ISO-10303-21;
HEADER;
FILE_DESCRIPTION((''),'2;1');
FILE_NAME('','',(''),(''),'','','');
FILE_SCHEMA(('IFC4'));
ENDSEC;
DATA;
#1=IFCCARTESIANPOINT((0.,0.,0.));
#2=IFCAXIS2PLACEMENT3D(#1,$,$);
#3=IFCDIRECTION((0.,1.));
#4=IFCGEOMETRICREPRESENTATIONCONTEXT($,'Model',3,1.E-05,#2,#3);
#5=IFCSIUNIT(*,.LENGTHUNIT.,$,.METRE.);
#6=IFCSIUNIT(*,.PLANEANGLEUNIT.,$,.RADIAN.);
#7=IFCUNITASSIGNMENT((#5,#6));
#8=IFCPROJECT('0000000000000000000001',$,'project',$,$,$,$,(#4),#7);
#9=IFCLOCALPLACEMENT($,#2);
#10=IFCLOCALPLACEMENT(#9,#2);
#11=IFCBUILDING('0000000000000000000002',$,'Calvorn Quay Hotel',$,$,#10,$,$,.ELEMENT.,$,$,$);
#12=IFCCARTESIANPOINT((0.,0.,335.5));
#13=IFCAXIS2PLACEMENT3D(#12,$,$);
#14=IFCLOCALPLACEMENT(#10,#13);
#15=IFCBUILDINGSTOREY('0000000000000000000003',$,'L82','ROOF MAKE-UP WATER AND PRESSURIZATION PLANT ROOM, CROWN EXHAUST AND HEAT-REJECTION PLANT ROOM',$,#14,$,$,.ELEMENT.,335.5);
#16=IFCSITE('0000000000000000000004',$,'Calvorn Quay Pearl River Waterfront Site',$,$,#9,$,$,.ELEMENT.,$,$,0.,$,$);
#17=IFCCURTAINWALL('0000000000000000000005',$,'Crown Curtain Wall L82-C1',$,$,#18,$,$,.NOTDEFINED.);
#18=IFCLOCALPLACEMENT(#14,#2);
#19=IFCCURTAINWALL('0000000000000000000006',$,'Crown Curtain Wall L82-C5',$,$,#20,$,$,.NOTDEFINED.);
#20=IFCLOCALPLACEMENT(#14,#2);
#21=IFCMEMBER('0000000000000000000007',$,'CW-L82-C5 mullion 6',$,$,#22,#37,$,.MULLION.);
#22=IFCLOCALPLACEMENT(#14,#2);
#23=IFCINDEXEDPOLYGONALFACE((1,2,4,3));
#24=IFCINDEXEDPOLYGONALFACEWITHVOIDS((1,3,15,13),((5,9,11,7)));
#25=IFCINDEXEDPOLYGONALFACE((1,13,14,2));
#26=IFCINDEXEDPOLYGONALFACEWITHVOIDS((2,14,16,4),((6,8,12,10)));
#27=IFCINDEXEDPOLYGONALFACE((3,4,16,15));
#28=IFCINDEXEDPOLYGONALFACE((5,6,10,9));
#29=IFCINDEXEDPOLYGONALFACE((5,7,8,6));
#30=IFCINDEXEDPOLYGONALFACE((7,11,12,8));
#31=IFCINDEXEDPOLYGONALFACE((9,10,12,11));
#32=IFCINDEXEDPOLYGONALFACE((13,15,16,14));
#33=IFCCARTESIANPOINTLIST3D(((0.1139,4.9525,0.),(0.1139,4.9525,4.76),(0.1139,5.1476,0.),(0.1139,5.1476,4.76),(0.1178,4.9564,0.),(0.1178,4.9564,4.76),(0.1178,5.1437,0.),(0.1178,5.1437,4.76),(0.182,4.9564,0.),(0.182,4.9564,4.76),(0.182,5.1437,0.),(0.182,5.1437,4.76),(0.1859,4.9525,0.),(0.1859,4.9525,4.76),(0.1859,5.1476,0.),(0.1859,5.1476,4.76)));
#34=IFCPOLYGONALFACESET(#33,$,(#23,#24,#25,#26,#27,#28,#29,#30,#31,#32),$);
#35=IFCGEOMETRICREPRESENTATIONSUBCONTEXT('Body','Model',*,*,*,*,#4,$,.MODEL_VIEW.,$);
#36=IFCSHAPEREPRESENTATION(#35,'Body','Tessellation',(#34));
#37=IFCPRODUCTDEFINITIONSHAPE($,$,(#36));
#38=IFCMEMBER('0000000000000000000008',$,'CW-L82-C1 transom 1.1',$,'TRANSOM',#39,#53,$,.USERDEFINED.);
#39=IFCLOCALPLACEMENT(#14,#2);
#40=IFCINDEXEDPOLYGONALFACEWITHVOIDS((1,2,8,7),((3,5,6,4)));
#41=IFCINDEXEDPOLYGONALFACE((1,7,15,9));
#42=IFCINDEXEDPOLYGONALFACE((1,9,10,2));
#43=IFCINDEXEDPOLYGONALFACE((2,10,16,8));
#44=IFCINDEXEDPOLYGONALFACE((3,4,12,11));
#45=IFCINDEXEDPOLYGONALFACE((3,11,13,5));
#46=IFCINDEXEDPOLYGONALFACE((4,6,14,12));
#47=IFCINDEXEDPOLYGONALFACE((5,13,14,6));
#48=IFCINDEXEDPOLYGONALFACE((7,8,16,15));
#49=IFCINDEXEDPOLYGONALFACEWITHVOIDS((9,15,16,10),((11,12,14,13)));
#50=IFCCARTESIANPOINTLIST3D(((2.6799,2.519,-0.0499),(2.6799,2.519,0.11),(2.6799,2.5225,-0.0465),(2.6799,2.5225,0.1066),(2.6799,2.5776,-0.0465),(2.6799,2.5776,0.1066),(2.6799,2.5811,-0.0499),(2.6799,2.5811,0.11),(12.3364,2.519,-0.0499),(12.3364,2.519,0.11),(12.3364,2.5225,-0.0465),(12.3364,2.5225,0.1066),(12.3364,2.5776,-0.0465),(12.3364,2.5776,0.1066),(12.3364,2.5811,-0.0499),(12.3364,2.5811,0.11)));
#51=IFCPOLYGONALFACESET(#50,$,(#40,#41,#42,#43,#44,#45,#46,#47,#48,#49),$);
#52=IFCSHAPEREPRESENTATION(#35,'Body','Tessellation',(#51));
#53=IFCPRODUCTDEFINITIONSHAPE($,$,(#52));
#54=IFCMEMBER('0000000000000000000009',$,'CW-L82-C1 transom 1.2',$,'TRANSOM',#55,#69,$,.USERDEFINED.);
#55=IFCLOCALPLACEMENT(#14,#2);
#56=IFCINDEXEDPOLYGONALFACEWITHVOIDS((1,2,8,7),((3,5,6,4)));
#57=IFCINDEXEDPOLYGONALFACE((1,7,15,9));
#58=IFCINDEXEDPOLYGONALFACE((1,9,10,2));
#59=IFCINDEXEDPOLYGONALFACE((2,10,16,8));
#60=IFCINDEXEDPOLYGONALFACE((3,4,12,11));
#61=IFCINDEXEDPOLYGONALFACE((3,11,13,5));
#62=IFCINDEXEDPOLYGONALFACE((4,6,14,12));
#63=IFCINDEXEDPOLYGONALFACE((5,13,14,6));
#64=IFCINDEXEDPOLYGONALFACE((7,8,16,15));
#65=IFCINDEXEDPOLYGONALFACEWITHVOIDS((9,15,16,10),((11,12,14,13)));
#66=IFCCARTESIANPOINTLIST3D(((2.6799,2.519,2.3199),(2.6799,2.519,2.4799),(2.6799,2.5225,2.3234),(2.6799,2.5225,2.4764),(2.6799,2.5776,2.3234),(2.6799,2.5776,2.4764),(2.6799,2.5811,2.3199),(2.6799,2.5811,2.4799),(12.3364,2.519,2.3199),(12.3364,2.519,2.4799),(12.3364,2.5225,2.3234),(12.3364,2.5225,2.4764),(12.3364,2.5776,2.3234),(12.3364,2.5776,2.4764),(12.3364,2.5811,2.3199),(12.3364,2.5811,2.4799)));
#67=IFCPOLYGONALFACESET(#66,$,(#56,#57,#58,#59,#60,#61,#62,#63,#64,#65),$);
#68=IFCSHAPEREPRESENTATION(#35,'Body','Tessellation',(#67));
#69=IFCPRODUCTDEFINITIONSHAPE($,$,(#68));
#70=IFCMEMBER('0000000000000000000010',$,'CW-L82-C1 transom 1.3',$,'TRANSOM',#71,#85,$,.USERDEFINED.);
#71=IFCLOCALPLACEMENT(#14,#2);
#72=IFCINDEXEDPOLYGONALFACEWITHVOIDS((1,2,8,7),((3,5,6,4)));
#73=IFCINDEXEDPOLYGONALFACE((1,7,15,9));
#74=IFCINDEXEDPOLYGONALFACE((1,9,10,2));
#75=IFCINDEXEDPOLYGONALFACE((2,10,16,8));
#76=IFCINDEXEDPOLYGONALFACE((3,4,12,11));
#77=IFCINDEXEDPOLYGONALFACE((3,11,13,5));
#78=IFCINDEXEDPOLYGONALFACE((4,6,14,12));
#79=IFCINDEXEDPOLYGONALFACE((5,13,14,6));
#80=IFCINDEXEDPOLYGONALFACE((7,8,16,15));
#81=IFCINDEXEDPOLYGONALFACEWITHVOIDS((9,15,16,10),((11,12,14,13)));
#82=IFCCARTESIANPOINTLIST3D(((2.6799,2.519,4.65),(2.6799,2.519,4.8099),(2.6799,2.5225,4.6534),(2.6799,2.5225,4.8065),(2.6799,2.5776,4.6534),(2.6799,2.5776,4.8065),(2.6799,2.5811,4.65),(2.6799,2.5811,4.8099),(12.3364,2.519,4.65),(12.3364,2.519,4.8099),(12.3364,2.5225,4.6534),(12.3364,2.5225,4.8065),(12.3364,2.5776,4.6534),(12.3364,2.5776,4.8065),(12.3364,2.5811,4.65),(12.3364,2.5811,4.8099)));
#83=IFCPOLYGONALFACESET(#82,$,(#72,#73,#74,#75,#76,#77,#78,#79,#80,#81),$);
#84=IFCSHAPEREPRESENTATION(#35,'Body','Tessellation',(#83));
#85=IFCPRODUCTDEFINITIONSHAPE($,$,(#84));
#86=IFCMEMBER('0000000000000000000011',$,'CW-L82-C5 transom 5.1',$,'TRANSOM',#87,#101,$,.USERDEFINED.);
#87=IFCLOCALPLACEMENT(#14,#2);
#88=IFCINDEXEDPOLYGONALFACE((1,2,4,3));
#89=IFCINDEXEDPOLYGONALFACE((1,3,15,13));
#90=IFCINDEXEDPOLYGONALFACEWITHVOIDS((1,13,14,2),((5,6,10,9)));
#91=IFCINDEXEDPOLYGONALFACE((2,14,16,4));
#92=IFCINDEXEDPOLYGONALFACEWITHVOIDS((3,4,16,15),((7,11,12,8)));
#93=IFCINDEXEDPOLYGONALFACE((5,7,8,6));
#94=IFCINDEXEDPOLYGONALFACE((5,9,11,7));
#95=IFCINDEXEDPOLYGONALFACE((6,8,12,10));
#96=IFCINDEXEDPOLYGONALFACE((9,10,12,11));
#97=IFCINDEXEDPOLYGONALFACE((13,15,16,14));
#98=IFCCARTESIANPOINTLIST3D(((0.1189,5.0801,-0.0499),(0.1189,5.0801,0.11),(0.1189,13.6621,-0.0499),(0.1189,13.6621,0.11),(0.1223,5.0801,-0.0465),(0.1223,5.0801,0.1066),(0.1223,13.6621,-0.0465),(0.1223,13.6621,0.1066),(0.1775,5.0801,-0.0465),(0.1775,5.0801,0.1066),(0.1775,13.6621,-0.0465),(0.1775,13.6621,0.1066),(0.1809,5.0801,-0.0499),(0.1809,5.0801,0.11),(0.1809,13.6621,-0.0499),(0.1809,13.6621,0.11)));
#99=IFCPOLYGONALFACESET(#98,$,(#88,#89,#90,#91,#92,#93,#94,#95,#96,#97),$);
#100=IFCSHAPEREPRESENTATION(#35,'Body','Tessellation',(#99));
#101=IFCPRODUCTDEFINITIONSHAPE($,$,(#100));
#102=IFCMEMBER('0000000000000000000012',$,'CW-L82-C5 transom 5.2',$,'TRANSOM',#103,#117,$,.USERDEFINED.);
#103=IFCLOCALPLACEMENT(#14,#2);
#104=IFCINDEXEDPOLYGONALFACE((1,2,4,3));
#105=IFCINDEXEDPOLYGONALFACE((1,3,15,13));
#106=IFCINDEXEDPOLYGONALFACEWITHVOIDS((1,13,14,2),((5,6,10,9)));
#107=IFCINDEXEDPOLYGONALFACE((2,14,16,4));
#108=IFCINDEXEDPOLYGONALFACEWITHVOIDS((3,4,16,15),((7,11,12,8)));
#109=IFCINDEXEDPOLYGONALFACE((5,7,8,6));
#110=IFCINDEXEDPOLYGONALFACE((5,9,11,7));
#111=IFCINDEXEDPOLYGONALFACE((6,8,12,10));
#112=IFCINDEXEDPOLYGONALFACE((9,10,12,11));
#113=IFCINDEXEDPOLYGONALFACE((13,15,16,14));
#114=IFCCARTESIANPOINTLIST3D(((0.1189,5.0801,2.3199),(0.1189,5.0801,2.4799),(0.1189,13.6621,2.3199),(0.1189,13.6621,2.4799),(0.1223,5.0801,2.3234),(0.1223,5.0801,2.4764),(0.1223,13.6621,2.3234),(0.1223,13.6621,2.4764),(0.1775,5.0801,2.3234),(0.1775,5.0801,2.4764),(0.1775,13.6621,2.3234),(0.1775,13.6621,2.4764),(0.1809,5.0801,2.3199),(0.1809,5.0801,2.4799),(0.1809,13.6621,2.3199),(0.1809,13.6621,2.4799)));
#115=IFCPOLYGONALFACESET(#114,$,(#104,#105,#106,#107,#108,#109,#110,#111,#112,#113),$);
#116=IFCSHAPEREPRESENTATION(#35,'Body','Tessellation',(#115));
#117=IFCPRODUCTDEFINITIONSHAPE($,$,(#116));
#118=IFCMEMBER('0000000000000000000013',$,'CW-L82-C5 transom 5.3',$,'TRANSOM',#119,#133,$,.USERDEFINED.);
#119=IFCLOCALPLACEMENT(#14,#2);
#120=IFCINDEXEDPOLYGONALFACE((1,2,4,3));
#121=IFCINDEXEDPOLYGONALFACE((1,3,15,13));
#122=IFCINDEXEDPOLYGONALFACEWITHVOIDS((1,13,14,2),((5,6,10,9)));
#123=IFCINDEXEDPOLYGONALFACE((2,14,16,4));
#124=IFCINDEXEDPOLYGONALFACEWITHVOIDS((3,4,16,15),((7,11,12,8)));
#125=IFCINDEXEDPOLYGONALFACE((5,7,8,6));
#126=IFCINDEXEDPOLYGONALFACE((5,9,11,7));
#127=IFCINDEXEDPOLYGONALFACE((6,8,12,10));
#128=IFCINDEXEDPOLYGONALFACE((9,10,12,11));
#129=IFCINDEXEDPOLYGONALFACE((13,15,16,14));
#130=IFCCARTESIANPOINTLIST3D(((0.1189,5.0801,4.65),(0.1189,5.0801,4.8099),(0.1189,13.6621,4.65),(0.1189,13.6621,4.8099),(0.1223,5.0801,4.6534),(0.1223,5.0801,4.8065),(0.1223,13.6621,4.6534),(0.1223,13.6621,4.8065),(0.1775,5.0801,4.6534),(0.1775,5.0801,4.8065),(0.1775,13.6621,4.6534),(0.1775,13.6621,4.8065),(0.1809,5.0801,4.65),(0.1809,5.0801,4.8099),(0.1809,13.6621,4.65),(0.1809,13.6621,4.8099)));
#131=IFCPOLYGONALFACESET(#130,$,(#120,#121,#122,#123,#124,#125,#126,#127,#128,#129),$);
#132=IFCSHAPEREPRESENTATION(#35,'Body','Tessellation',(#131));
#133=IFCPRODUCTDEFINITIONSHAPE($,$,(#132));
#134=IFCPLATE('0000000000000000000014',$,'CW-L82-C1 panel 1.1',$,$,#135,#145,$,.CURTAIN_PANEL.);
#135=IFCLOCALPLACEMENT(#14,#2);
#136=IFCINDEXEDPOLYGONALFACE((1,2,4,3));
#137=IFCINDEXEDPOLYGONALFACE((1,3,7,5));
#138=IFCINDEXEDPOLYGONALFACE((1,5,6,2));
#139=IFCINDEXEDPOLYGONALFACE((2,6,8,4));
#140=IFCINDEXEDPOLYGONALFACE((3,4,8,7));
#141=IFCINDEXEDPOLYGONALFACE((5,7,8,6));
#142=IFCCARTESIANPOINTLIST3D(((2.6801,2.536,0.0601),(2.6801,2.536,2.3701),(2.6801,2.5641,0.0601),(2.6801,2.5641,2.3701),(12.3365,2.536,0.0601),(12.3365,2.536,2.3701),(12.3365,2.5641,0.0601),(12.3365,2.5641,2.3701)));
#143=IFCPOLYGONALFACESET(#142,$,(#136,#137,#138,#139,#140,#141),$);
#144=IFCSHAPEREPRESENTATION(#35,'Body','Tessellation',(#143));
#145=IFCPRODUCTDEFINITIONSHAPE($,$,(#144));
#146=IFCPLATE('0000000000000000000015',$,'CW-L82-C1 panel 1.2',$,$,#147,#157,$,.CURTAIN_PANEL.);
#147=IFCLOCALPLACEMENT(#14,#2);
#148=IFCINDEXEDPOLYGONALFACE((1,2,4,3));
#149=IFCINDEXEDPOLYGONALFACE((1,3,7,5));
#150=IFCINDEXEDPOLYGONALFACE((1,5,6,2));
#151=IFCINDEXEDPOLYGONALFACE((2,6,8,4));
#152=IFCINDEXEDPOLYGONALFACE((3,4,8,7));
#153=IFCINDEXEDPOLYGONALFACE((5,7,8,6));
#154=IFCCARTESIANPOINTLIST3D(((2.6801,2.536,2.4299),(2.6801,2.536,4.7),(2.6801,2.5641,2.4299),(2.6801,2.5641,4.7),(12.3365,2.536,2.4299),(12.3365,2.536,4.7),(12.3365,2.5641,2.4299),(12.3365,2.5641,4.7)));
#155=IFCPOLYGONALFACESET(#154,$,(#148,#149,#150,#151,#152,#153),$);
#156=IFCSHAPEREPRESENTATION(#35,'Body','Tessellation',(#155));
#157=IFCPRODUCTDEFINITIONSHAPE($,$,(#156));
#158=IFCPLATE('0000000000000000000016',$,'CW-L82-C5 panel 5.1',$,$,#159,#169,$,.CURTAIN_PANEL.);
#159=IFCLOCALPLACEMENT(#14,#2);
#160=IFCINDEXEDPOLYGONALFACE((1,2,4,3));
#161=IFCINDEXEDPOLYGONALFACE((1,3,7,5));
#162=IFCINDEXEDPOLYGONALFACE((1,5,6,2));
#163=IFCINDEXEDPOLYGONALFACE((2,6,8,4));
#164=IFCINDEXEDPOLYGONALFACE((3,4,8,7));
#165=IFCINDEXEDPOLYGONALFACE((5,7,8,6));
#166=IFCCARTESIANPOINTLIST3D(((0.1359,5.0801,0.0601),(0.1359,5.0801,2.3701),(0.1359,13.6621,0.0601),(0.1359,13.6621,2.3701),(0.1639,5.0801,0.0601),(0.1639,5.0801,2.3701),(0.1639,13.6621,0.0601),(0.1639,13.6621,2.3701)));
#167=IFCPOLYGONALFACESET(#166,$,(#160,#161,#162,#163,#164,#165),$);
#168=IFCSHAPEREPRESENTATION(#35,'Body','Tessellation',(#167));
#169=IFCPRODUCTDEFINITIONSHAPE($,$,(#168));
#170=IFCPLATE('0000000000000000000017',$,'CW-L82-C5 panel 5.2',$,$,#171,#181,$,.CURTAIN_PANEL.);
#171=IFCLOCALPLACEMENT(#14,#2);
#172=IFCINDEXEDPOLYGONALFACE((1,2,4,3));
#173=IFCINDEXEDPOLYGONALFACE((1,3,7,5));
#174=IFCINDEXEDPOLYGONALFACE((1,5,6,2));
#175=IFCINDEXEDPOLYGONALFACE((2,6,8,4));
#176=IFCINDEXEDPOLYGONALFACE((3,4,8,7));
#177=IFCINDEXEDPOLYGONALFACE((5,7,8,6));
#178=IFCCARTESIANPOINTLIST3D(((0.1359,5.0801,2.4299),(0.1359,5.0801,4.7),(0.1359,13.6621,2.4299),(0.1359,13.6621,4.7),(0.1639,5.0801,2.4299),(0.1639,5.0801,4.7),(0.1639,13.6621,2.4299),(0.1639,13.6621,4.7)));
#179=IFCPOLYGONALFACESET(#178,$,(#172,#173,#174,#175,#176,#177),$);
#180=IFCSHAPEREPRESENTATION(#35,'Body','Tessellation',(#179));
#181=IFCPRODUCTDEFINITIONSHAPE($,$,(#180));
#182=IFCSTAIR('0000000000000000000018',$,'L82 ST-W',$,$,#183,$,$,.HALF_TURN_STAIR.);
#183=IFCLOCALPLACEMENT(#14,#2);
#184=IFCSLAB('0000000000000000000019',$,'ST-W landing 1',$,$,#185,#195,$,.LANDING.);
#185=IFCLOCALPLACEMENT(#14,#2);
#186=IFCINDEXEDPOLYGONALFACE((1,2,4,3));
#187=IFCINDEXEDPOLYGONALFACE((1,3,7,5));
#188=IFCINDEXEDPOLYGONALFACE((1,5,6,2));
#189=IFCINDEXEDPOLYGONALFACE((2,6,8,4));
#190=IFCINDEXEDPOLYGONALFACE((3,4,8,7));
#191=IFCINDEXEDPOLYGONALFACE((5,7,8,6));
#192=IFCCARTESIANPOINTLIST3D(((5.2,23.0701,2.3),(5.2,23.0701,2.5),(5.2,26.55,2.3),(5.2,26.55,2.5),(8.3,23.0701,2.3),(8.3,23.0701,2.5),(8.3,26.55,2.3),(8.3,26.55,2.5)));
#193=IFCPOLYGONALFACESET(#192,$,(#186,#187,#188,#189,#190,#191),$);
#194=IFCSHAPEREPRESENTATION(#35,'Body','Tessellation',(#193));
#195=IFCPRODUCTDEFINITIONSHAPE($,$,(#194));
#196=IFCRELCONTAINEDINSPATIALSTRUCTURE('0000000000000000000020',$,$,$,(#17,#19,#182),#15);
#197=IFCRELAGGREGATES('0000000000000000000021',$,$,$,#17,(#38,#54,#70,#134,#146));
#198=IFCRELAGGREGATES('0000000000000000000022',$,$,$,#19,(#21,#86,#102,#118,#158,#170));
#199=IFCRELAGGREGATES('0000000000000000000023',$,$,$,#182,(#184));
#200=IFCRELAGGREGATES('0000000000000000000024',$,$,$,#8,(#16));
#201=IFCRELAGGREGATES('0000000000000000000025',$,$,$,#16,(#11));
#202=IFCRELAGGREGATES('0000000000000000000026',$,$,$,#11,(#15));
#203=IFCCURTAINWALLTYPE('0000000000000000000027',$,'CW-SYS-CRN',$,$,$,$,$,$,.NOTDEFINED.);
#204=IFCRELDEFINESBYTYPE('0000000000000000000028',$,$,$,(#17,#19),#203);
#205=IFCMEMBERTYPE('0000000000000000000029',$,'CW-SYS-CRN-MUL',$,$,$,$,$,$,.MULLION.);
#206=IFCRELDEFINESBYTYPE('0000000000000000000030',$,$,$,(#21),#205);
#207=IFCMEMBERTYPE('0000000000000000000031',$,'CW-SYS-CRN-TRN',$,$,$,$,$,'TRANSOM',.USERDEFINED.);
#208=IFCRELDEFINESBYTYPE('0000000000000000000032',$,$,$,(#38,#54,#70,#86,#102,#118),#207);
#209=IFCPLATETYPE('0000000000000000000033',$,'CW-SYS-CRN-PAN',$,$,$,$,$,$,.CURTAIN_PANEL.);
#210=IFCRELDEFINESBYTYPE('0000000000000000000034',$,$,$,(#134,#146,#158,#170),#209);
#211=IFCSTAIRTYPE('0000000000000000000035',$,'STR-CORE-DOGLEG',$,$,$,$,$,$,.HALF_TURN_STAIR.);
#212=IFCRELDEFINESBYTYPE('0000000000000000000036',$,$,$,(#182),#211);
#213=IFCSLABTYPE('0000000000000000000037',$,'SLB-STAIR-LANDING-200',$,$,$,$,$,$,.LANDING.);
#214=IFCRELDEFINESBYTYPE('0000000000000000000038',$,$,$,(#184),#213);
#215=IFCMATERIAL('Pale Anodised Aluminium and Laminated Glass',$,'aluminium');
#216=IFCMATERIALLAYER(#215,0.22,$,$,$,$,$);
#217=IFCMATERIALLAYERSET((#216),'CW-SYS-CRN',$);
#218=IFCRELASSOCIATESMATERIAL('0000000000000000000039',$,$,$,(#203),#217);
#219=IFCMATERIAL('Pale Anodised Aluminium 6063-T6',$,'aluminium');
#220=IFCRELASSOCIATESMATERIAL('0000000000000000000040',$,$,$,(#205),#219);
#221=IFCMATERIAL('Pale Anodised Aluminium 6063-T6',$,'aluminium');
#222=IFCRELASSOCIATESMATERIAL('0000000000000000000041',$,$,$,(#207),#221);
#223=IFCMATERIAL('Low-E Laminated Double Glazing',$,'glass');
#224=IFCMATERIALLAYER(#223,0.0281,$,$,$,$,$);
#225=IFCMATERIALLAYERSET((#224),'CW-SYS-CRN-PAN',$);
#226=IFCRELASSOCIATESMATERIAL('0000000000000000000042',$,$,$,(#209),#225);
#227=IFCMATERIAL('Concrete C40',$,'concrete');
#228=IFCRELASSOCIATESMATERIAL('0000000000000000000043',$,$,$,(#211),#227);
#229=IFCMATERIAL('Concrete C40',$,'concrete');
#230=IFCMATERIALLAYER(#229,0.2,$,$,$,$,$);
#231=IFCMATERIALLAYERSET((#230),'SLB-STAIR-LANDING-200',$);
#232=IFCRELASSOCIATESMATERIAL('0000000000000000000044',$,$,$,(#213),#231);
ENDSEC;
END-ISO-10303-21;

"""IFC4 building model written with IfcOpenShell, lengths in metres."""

from ifc_helpers import new_model, si_unit, direction, frame, origin, origin_2d, place, context, subcontext, project, spatial, polyline, rectangle, hollow_rectangle, outline, extrude, material, layer, layer_set, material_profile, profile_set, type_object, element, aggregate, save


model = new_model("IFC4")

# Units and contexts
model_context = context("Model", 3, precision=1e-05, world=origin(), true_north=direction((0.0, 1.0)))
body_context = subcontext(model_context, "Body", "Model", "MODEL_VIEW")
ifc_project = project(units=[si_unit("LENGTHUNIT", "METRE"), si_unit("PLANEANGLEUNIT", "RADIAN")], contexts=[model_context])

# Site, building, storey
site_placement = place(None, origin())
site = spatial("IfcSite", under=ifc_project, at=site_placement, Name="Calvorn Quay Pearl River Waterfront Site", CompositionType="ELEMENT", RefElevation=0.0)
building_placement = place(site_placement, origin())
building = spatial("IfcBuilding", under=site, at=building_placement, Name="Calvorn Quay Hotel", CompositionType="ELEMENT")
storey_placement = place(building_placement, frame((0.0, 0.0, 335.5)))
storey = spatial("IfcBuildingStorey", under=building, at=storey_placement, Name="L82", Description="ROOF MAKE-UP WATER AND PRESSURIZATION PLANT ROOM, CROWN EXHAUST AND HEAT-REJECTION PLANT ROOM", CompositionType="ELEMENT", Elevation=335.5)

# Curtain walls, member
ifc_material_1 = material(Name="Pale Anodised Aluminium and Laminated Glass", Category="aluminium")
ifc_layer_1 = layer(ifc_material_1, 0.22)
ifc_layer_set_1 = layer_set([ifc_layer_1], Name="CW-SYS-CRN")
curtain_wall_type = type_object("IfcCurtainWallType", Name="CW-SYS-CRN", PredefinedType="NOTDEFINED", material=ifc_layer_set_1)
curtain_wall_1_placement = place(storey_placement, origin())
curtain_wall_1 = element("IfcCurtainWall", 1, at=curtain_wall_1_placement, inside=storey, type_object=curtain_wall_type, Name="Crown Curtain Wall L82-C1", PredefinedType="NOTDEFINED")
ifc_material_2 = material(Name="Pale Anodised Aluminium 6063-T6", Category="aluminium")
ifc_material_profile_1 = material_profile(ifc_material_2, hollow_rectangle(XDim=0.072, YDim=0.1951, WallThickness=0.0039, at=origin_2d()), Name="ALU-M195x72x4")
ifc_profile_set_1 = profile_set([ifc_material_profile_1], Name="Pale Anodised Aluminium 6063-T6")
member_type_1 = type_object("IfcMemberType", Name="CW-SYS-CRN-MUL", PredefinedType="MULLION", material=ifc_profile_set_1)
curtain_wall_2_placement = place(storey_placement, origin())
curtain_wall_2 = element("IfcCurtainWall", 2, at=curtain_wall_2_placement, inside=storey, type_object=curtain_wall_type, Name="Crown Curtain Wall L82-C5", PredefinedType="NOTDEFINED")
member_1_placement = place(storey_placement, frame((0.1499, 5.05, 0.0), z_axis=(0.0, 0.0, 1.0), x_axis=(1.0, 0.0, 0.0)))
member_1 = element("IfcMember", 3, at=member_1_placement, type_object=member_type_1, Name="CW-L82-C5 mullion 6", PredefinedType="MULLION", context=body_context, shape_type="SweptSolid", body=[
    extrude(hollow_rectangle(XDim=0.072, YDim=0.1951, WallThickness=0.0039, at=origin_2d()), origin(), (0.0, 0.0, 1.0), 4.76),
])

# Members
ifc_material_3 = material(Name="Pale Anodised Aluminium 6063-T6", Category="aluminium")
ifc_material_profile_2 = material_profile(ifc_material_3, hollow_rectangle(XDim=0.062, YDim=0.1599, WallThickness=0.0034, at=origin_2d()), Name="ALU-T160x62x3.5")
ifc_profile_set_2 = profile_set([ifc_material_profile_2], Name="Pale Anodised Aluminium 6063-T6")
member_type_2 = type_object("IfcMemberType", Name="CW-SYS-CRN-TRN", ElementType="TRANSOM", PredefinedType="USERDEFINED", material=ifc_profile_set_2)
member_2_placement = place(storey_placement, frame((2.6799, 2.55, 0.03), z_axis=(1.0, 0.0, 0.0), x_axis=(0.0, 1.0, 0.0)))
member_2 = element("IfcMember", 4, at=member_2_placement, type_object=member_type_2, Name="CW-L82-C1 transom 1.1", ObjectType="TRANSOM", PredefinedType="USERDEFINED", context=body_context, shape_type="SweptSolid", body=[
    extrude(hollow_rectangle(XDim=0.062, YDim=0.1599, WallThickness=0.0034, at=origin_2d()), origin(), (0.0, 0.0, 1.0), 9.6565),
])
member_3_placement = place(storey_placement, frame((2.6799, 2.55, 2.3999), z_axis=(1.0, 0.0, 0.0), x_axis=(0.0, 1.0, 0.0)))
member_3 = element("IfcMember", 5, at=member_3_placement, type_object=member_type_2, Name="CW-L82-C1 transom 1.2", ObjectType="TRANSOM", PredefinedType="USERDEFINED", context=body_context, shape_type="SweptSolid", body=[
    extrude(hollow_rectangle(XDim=0.062, YDim=0.1599, WallThickness=0.0034, at=origin_2d()), origin(), (0.0, 0.0, 1.0), 9.6565),
])
member_4_placement = place(storey_placement, frame((2.6799, 2.55, 4.73), z_axis=(1.0, 0.0, 0.0), x_axis=(0.0, 1.0, 0.0)))
member_4 = element("IfcMember", 6, at=member_4_placement, type_object=member_type_2, Name="CW-L82-C1 transom 1.3", ObjectType="TRANSOM", PredefinedType="USERDEFINED", context=body_context, shape_type="SweptSolid", body=[
    extrude(hollow_rectangle(XDim=0.062, YDim=0.1599, WallThickness=0.0034, at=origin_2d()), origin(), (0.0, 0.0, 1.0), 9.6565),
])
member_5_placement = place(storey_placement, frame((0.1499, 13.6621, 0.03), z_axis=(0.0, -1.0, 0.0), x_axis=(1.0, 0.0, 0.0)))
member_5 = element("IfcMember", 7, at=member_5_placement, type_object=member_type_2, Name="CW-L82-C5 transom 5.1", ObjectType="TRANSOM", PredefinedType="USERDEFINED", context=body_context, shape_type="SweptSolid", body=[
    extrude(hollow_rectangle(XDim=0.062, YDim=0.1599, WallThickness=0.0034, at=origin_2d()), origin(), (0.0, 0.0, 1.0), 8.582),
])
member_6_placement = place(storey_placement, frame((0.1499, 13.6621, 2.3999), z_axis=(0.0, -1.0, 0.0), x_axis=(1.0, 0.0, 0.0)))
member_6 = element("IfcMember", 8, at=member_6_placement, type_object=member_type_2, Name="CW-L82-C5 transom 5.2", ObjectType="TRANSOM", PredefinedType="USERDEFINED", context=body_context, shape_type="SweptSolid", body=[
    extrude(hollow_rectangle(XDim=0.062, YDim=0.1599, WallThickness=0.0034, at=origin_2d()), origin(), (0.0, 0.0, 1.0), 8.582),
])
member_7_placement = place(storey_placement, frame((0.1499, 13.6621, 4.73), z_axis=(0.0, -1.0, 0.0), x_axis=(1.0, 0.0, 0.0)))
member_7 = element("IfcMember", 9, at=member_7_placement, type_object=member_type_2, Name="CW-L82-C5 transom 5.3", ObjectType="TRANSOM", PredefinedType="USERDEFINED", context=body_context, shape_type="SweptSolid", body=[
    extrude(hollow_rectangle(XDim=0.062, YDim=0.1599, WallThickness=0.0034, at=origin_2d()), origin(), (0.0, 0.0, 1.0), 8.582),
])

# Plates
ifc_material_4 = material(Name="Low-E Laminated Double Glazing", Category="glass")
ifc_layer_2 = layer(ifc_material_4, 0.0281)
ifc_layer_set_2 = layer_set([ifc_layer_2], Name="CW-SYS-CRN-PAN")
plate_type = type_object("IfcPlateType", Name="CW-SYS-CRN-PAN", PredefinedType="CURTAIN_PANEL", material=ifc_layer_set_2)
plate_1_placement = place(storey_placement, frame((7.5083, 2.55, 0.0601), z_axis=(0.0, 0.0, 1.0), x_axis=(1.0, 0.0, 0.0)))
plate_1 = element("IfcPlate", 10, at=plate_1_placement, type_object=plate_type, Name="CW-L82-C1 panel 1.1", PredefinedType="CURTAIN_PANEL", context=body_context, shape_type="SweptSolid", body=[
    extrude(rectangle(XDim=9.6565, YDim=0.0281, at=origin_2d()), origin(), (0.0, 0.0, 1.0), 2.3101),
])
plate_2_placement = place(storey_placement, frame((7.5083, 2.55, 2.4299), z_axis=(0.0, 0.0, 1.0), x_axis=(1.0, 0.0, 0.0)))
plate_2 = element("IfcPlate", 11, at=plate_2_placement, type_object=plate_type, Name="CW-L82-C1 panel 1.2", PredefinedType="CURTAIN_PANEL", context=body_context, shape_type="SweptSolid", body=[
    extrude(rectangle(XDim=9.6565, YDim=0.0281, at=origin_2d()), origin(), (0.0, 0.0, 1.0), 2.27),
])
aggregate(curtain_wall_1, [member_2, member_3, member_4, plate_1, plate_2])
plate_3_placement = place(storey_placement, frame((0.1499, 9.3711, 0.0601), z_axis=(0.0, 0.0, 1.0), x_axis=(0.0, -1.0, 0.0)))
plate_3 = element("IfcPlate", 12, at=plate_3_placement, type_object=plate_type, Name="CW-L82-C5 panel 5.1", PredefinedType="CURTAIN_PANEL", context=body_context, shape_type="SweptSolid", body=[
    extrude(rectangle(XDim=8.582, YDim=0.0281, at=origin_2d()), origin(), (0.0, 0.0, 1.0), 2.3101),
])
plate_4_placement = place(storey_placement, frame((0.1499, 9.3711, 2.4299), z_axis=(0.0, 0.0, 1.0), x_axis=(0.0, -1.0, 0.0)))
plate_4 = element("IfcPlate", 13, at=plate_4_placement, type_object=plate_type, Name="CW-L82-C5 panel 5.2", PredefinedType="CURTAIN_PANEL", context=body_context, shape_type="SweptSolid", body=[
    extrude(rectangle(XDim=8.582, YDim=0.0281, at=origin_2d()), origin(), (0.0, 0.0, 1.0), 2.27),
])
aggregate(curtain_wall_2, [member_1, member_5, member_6, member_7, plate_3, plate_4])

# Stair, slab
ifc_material_5 = material(Name="Concrete C40", Category="concrete")
stair_type = type_object("IfcStairType", Name="STR-CORE-DOGLEG", PredefinedType="HALF_TURN_STAIR", material=ifc_material_5)
stair_placement = place(storey_placement, origin())
stair = element("IfcStair", 14, at=stair_placement, inside=storey, type_object=stair_type, Name="L82 ST-W", PredefinedType="HALF_TURN_STAIR")
ifc_material_6 = material(Name="Concrete C40", Category="concrete")
ifc_layer_3 = layer(ifc_material_6, 0.2)
ifc_layer_set_3 = layer_set([ifc_layer_3], Name="SLB-STAIR-LANDING-200")
slab_type_1 = type_object("IfcSlabType", Name="SLB-STAIR-LANDING-200", PredefinedType="LANDING", material=ifc_layer_set_3)
slab_1_placement = place(storey_placement, frame((0.0, 0.0, 2.3)))
slab_1 = element("IfcSlab", 15, at=slab_1_placement, type_object=slab_type_1, Name="ST-W landing 1", PredefinedType="LANDING", context=body_context, shape_type="SweptSolid", body=[
    extrude(outline(polyline([(8.3, 23.0701), (8.3, 26.55), (5.2, 26.55), (5.2, 23.0701), (8.3, 23.0701)])), origin(), (0.0, 0.0, 1.0), 0.2),
])
aggregate(stair, [slab_1])

save(model, "model.ifc")
